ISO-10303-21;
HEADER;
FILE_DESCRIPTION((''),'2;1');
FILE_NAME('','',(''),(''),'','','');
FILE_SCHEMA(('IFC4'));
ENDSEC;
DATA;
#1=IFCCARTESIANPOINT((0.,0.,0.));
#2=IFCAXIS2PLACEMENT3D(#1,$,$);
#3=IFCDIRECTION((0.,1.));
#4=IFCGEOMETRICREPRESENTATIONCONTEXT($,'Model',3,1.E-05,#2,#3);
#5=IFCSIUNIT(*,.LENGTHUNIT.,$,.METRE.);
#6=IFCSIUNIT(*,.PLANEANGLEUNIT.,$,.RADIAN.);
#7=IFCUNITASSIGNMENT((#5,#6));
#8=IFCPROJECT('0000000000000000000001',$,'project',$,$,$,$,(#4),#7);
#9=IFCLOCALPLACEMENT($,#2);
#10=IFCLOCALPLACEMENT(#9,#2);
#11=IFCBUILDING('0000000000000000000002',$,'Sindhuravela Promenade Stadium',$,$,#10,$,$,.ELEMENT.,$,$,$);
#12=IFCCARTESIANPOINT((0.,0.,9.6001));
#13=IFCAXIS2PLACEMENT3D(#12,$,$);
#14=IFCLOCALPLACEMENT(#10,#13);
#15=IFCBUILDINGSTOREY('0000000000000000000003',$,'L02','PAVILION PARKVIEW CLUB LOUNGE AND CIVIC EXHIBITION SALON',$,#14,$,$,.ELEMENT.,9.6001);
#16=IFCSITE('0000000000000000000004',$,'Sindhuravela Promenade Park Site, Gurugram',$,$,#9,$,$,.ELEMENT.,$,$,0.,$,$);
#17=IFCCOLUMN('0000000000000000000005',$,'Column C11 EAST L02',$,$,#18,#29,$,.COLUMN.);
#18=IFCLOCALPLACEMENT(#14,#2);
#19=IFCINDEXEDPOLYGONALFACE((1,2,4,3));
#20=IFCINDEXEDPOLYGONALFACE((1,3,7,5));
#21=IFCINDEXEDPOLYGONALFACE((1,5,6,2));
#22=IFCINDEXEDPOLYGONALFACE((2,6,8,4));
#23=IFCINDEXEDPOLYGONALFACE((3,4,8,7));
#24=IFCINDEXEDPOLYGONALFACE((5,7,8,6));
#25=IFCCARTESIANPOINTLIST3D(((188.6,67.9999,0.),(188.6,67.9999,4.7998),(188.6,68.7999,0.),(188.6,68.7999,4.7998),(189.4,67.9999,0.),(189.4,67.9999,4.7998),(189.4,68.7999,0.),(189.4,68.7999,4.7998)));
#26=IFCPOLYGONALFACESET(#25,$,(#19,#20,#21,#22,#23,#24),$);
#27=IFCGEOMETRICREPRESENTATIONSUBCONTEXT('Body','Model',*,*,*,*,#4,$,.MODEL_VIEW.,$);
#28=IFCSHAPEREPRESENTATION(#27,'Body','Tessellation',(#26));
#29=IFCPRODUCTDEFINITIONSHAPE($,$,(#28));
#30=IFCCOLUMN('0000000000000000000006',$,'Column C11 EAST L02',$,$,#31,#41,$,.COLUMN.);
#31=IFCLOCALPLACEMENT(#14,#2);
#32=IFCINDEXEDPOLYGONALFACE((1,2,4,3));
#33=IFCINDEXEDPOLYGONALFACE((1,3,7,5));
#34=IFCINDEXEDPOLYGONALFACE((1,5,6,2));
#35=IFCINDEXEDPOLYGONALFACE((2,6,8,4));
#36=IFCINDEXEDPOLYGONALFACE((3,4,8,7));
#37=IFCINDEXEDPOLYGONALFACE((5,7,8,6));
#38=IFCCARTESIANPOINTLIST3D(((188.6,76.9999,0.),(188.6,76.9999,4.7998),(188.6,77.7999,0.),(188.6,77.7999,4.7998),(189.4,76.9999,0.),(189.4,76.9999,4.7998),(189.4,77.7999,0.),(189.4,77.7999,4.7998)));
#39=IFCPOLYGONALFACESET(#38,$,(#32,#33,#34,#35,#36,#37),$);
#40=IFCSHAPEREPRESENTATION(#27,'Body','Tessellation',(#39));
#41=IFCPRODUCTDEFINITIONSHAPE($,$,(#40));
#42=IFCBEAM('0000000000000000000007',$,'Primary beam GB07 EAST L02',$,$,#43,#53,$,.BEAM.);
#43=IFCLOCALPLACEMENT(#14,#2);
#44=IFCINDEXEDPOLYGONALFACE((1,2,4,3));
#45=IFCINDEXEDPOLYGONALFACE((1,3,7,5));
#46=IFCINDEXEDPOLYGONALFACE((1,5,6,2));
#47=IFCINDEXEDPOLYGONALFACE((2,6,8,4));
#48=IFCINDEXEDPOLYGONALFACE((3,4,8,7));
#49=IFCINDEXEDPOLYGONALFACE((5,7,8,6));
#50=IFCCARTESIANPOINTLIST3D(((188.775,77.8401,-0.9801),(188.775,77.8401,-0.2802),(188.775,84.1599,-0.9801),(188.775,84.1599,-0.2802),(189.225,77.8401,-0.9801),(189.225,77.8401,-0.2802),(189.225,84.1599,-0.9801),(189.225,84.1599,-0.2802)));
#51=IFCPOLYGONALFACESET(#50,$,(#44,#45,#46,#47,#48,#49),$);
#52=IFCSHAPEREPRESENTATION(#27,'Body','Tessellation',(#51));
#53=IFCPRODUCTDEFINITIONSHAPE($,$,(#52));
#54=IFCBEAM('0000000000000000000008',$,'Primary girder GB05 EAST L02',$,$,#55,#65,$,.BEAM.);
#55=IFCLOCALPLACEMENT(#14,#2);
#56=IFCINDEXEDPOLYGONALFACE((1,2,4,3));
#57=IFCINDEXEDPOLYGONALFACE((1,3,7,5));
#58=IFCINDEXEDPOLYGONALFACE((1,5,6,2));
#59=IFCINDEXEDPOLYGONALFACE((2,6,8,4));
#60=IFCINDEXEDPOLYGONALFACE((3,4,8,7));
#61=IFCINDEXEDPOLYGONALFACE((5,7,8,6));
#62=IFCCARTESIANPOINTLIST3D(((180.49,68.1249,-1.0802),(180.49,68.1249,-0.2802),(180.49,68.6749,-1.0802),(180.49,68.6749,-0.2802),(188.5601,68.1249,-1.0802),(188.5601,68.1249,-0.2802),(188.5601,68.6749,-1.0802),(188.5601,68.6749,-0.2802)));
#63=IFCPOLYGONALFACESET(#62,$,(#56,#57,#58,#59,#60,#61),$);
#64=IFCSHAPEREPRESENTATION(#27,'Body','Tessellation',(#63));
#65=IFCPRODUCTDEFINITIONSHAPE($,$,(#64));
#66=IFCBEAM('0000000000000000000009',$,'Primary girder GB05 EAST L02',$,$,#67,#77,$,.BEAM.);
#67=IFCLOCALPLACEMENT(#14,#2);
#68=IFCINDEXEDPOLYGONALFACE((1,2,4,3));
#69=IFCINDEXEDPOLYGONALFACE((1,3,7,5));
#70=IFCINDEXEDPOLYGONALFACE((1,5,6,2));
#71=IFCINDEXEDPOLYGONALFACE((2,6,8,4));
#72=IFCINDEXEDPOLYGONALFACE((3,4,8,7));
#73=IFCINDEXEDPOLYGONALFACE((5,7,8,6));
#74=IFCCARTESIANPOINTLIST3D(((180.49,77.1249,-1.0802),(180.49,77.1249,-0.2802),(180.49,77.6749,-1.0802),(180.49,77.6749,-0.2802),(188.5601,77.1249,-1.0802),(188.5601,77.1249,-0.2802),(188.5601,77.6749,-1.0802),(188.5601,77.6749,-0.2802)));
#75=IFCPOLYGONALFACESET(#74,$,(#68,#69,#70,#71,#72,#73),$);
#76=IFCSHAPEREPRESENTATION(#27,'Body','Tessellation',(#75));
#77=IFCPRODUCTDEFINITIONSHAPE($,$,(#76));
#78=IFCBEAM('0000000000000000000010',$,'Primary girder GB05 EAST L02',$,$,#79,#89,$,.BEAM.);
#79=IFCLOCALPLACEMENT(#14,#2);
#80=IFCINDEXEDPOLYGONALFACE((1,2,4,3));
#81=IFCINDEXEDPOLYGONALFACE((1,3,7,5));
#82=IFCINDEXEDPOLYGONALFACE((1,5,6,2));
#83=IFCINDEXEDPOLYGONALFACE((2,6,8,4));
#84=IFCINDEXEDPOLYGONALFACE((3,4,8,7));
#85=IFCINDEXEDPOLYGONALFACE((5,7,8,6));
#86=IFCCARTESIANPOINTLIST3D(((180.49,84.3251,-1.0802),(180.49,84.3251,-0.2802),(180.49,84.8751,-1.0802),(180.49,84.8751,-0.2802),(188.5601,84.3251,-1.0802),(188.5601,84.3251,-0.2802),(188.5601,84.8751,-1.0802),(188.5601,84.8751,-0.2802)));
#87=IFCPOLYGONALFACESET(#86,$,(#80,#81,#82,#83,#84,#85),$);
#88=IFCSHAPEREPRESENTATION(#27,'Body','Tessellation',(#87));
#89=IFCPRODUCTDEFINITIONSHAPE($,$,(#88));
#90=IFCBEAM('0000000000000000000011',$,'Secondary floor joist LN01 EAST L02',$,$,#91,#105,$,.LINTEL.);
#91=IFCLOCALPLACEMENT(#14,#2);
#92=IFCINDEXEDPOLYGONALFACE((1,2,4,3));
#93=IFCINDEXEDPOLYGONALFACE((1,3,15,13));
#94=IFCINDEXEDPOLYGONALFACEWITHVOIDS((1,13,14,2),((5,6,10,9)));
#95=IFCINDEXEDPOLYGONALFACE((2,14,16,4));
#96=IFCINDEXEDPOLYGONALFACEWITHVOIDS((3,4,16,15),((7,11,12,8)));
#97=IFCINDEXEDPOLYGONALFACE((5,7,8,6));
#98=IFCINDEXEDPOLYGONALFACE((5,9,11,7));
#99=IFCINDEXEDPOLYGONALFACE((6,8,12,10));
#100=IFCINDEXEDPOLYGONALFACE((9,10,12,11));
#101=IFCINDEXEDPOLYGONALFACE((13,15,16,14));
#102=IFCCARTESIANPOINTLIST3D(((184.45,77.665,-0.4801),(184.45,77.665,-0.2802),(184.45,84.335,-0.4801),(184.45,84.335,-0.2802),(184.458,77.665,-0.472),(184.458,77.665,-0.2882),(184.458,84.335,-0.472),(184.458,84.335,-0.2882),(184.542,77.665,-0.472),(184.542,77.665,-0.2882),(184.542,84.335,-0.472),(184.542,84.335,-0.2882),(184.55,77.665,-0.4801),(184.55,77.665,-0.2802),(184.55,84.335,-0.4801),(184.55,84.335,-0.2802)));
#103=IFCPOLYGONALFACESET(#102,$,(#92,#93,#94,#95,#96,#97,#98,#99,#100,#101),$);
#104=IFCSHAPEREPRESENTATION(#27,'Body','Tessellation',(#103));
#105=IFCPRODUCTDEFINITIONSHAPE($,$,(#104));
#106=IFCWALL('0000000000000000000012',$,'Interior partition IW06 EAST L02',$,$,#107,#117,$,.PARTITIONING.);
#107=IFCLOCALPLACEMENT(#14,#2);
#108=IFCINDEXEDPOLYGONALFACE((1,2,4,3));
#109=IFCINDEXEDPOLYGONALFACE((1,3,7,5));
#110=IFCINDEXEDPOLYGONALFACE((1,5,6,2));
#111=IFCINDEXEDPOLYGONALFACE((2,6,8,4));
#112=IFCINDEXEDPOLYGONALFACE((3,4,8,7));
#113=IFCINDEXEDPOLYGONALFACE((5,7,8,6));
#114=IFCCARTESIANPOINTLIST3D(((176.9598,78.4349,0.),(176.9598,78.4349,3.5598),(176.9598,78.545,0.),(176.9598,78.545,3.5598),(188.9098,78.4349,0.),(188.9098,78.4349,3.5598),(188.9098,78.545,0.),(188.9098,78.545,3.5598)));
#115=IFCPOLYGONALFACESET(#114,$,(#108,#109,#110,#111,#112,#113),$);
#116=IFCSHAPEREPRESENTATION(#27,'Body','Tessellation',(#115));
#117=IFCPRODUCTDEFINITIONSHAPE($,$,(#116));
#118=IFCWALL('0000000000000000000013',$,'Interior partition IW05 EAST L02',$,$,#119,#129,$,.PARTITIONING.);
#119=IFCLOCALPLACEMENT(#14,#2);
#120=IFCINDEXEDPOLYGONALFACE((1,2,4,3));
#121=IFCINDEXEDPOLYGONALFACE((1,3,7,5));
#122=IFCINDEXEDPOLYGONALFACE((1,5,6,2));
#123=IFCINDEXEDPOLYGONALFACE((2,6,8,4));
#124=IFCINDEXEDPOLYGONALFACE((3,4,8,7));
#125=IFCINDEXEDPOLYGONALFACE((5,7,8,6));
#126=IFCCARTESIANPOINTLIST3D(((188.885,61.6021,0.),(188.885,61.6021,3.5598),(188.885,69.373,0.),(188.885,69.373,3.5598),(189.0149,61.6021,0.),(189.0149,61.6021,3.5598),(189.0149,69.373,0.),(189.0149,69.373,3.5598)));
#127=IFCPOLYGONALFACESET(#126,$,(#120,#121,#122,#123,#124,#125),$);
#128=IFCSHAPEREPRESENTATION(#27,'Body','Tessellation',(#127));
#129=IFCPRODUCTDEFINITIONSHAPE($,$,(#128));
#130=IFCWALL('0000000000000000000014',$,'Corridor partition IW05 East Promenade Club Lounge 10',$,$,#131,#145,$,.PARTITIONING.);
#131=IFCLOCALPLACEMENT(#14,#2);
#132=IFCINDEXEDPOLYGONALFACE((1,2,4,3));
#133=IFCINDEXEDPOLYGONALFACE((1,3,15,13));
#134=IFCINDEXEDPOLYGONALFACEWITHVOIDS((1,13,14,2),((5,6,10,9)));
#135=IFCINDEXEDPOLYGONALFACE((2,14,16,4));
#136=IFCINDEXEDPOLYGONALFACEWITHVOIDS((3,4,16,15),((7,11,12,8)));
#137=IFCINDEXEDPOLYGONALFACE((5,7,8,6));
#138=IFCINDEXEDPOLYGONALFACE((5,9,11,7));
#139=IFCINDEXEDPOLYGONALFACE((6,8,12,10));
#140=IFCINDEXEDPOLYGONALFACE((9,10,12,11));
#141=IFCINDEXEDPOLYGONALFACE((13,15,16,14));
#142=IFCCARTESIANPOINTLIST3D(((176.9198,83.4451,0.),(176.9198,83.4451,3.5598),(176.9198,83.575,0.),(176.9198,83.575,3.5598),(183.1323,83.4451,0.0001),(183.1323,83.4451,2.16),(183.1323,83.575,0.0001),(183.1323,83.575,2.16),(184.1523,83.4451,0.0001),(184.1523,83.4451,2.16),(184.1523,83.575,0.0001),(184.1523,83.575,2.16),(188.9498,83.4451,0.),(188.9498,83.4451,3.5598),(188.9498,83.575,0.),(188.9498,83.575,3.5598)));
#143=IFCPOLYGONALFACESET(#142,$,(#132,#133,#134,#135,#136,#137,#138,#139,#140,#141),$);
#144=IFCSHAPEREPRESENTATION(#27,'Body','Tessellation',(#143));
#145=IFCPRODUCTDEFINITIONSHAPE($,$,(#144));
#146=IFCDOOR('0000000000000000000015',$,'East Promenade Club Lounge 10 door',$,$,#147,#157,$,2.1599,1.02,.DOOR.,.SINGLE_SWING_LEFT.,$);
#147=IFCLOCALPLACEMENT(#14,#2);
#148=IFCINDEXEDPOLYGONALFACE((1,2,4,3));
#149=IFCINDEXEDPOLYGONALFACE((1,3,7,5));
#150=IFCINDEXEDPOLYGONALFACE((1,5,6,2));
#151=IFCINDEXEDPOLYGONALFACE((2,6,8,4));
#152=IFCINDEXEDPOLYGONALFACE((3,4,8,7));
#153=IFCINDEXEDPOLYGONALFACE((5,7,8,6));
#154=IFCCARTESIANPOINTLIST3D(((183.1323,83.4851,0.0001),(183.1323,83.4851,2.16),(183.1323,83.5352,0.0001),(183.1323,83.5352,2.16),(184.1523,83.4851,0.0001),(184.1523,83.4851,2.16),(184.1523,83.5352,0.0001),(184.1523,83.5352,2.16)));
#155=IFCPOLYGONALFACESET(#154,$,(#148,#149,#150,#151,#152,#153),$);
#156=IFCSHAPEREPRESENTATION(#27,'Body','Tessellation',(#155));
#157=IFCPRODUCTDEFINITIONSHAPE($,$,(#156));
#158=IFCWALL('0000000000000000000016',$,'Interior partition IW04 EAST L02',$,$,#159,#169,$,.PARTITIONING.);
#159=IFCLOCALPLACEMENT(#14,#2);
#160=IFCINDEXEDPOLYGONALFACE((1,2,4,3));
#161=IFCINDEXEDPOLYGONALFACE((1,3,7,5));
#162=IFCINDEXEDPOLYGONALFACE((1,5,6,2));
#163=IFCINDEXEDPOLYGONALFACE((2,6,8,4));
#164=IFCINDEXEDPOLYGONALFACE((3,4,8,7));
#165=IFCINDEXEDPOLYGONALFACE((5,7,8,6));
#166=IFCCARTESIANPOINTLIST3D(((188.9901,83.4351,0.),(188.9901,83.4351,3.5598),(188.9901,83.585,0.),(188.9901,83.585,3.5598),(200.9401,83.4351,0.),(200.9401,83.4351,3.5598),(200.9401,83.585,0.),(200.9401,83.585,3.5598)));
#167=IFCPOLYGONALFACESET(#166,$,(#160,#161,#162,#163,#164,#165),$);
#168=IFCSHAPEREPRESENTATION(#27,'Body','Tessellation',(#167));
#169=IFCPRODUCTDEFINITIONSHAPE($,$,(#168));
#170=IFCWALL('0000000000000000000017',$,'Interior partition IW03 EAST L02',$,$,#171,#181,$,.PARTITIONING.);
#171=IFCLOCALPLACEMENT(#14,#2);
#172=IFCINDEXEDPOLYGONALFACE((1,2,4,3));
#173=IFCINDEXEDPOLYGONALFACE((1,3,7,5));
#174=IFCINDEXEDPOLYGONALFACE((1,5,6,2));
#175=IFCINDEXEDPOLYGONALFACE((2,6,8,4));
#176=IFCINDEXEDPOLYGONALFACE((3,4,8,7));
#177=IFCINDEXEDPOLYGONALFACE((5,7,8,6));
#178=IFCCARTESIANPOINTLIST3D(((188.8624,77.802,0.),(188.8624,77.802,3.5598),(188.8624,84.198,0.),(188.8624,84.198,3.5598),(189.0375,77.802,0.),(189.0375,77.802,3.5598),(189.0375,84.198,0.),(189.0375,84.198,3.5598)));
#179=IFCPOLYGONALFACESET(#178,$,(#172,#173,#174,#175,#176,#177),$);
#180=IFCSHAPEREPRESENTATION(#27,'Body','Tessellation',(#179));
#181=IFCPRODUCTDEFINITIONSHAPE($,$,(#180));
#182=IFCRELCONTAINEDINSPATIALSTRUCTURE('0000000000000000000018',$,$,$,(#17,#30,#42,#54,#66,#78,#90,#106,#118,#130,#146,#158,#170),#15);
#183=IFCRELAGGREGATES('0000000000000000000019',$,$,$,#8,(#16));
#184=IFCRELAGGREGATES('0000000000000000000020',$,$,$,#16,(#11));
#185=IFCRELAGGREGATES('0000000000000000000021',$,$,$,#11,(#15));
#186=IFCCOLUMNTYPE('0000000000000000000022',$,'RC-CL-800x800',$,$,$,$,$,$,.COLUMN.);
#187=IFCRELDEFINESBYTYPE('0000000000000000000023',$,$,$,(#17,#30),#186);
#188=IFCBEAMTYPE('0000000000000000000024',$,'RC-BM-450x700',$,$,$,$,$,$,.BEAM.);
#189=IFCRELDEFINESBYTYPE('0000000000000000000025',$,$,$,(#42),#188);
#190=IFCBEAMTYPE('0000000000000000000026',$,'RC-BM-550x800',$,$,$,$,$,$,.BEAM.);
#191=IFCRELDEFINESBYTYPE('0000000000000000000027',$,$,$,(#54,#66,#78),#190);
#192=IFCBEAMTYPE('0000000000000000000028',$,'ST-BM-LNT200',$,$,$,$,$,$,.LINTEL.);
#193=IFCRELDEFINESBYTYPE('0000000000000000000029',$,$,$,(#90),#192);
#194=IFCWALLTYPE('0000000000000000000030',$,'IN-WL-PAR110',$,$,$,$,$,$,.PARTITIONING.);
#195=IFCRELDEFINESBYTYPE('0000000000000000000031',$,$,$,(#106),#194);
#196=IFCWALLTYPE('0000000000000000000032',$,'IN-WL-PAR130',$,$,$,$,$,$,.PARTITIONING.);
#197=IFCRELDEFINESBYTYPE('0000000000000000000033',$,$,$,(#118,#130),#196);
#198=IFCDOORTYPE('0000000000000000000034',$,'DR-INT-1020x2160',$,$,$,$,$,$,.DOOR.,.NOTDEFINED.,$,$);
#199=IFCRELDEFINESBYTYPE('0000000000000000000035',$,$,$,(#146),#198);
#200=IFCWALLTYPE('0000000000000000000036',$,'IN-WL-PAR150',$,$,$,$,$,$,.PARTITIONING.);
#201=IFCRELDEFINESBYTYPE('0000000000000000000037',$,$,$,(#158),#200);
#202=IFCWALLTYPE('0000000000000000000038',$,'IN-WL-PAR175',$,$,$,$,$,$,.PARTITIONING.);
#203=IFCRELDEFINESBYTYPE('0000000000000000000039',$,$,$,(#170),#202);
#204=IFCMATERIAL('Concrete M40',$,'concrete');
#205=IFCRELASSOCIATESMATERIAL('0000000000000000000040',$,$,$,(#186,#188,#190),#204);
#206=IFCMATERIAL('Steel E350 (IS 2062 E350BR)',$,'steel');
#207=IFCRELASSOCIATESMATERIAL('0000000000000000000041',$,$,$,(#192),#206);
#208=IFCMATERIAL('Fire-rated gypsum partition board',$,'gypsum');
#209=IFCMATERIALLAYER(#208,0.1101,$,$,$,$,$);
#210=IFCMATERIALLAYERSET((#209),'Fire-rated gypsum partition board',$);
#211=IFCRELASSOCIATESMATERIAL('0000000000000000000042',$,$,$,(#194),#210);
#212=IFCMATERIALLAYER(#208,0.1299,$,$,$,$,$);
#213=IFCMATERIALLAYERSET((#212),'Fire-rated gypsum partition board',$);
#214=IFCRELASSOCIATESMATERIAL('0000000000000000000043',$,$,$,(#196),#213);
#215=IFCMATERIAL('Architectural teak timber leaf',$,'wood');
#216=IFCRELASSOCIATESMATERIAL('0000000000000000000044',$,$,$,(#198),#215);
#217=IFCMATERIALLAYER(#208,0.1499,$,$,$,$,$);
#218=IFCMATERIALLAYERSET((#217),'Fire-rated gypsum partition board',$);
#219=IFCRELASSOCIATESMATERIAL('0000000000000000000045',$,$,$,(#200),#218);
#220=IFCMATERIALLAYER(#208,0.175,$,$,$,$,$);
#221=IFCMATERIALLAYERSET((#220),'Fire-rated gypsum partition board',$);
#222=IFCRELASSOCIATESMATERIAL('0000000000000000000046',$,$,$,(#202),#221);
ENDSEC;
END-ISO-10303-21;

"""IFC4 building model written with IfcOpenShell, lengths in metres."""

from ifc_helpers import new_model, si_unit, direction, frame, frame_2d, origin, origin_2d, place, context, subcontext, project, spatial, rectangle, hollow_rectangle, extrude, material, layer, layer_set, material_profile, profile_set, type_object, element, fill, save


model = new_model("IFC4")

# Units and contexts
model_context = context("Model", 3, precision=1e-05, world=origin(), true_north=direction((0.0, 1.0)))
body_context = subcontext(model_context, "Body", "Model", "MODEL_VIEW")
ifc_project = project(units=[si_unit("LENGTHUNIT", "METRE"), si_unit("PLANEANGLEUNIT", "RADIAN")], contexts=[model_context])

# Site, building, storey
site_placement = place(None, origin())
site = spatial("IfcSite", under=ifc_project, at=site_placement, Name="Sindhuravela Promenade Park Site, Gurugram", CompositionType="ELEMENT", RefElevation=0.0)
building_placement = place(site_placement, origin())
building = spatial("IfcBuilding", under=site, at=building_placement, Name="Sindhuravela Promenade Stadium", CompositionType="ELEMENT")
storey_placement = place(building_placement, frame((0.0, 0.0, 9.6001)))
storey = spatial("IfcBuildingStorey", under=building, at=storey_placement, Name="L02", Description="PAVILION PARKVIEW CLUB LOUNGE AND CIVIC EXHIBITION SALON", CompositionType="ELEMENT", Elevation=9.6001)

# Columns
ifc_material_1 = material(Name="Concrete M40", Category="concrete")
ifc_material_profile_1 = material_profile(ifc_material_1, rectangle(XDim=0.8, YDim=0.8, at=origin_2d()), Name="RC 800x800")
ifc_profile_set_1 = profile_set([ifc_material_profile_1], Name="Concrete M40")
column_type = type_object("IfcColumnType", Name="RC-CL-800x800", PredefinedType="COLUMN", material=ifc_profile_set_1)
for number, where, z_axis, x_axis, name in (
    (1, (189.0, 68.3999, 0.0), (0.0, 0.0, 1.0), (1.0, 0.0, 0.0), "Column C11 EAST L02"),
    (2, (189.0, 77.3999, 0.0), (0.0, 0.0, 1.0), (1.0, 0.0, 0.0), "Column C11 EAST L02"),
):
    element("IfcColumn", number, at=place(storey_placement, frame(where, z_axis=z_axis, x_axis=x_axis)), inside=storey, type_object=column_type, Name=name, PredefinedType="COLUMN", context=body_context, shape_type="SweptSolid", body=[
        extrude(rectangle(XDim=0.8, YDim=0.8, at=origin_2d()), origin(), (0.0, 0.0, 1.0), 4.7998),
    ])

# Beams
ifc_material_profile_2 = material_profile(ifc_material_1, rectangle(XDim=0.45, YDim=0.7, at=origin_2d()), Name="RC 450x700")
ifc_profile_set_2 = profile_set([ifc_material_profile_2], Name="Concrete M40")
beam_type_1 = type_object("IfcBeamType", Name="RC-BM-450x700", PredefinedType="BEAM", material=ifc_profile_set_2)
beam_1_placement = place(storey_placement, frame((189.0, 77.8401, -0.6301), z_axis=(0.0, 1.0, 0.0), x_axis=(-1.0, 0.0, 0.0)))
element("IfcBeam", 3, at=beam_1_placement, inside=storey, type_object=beam_type_1, Name="Primary beam GB07 EAST L02", PredefinedType="BEAM", context=body_context, shape_type="SweptSolid", body=[
    extrude(rectangle(XDim=0.45, YDim=0.7, at=origin_2d()), origin(), (0.0, 0.0, 1.0), 6.3198),
])
ifc_material_profile_3 = material_profile(ifc_material_1, rectangle(XDim=0.55, YDim=0.8, at=origin_2d()), Name="RC 550x800")
ifc_profile_set_3 = profile_set([ifc_material_profile_3], Name="Concrete M40")
beam_type_2 = type_object("IfcBeamType", Name="RC-BM-550x800", PredefinedType="BEAM", material=ifc_profile_set_3)
for number, where, z_axis, x_axis, name in (
    (4, (180.49, 68.3999, -0.6802), (1.0, 0.0, 0.0), (0.0, 1.0, 0.0), "Primary girder GB05 EAST L02"),
    (5, (180.49, 77.3999, -0.6802), (1.0, 0.0, 0.0), (0.0, 1.0, 0.0), "Primary girder GB05 EAST L02"),
    (6, (180.49, 84.6001, -0.6802), (1.0, 0.0, 0.0), (0.0, 1.0, 0.0), "Primary girder GB05 EAST L02"),
):
    element("IfcBeam", number, at=place(storey_placement, frame(where, z_axis=z_axis, x_axis=x_axis)), inside=storey, type_object=beam_type_2, Name=name, PredefinedType="BEAM", context=body_context, shape_type="SweptSolid", body=[
        extrude(rectangle(XDim=0.55, YDim=0.8, at=origin_2d()), origin(), (0.0, 0.0, 1.0), 8.0701),
    ])
ifc_material_2 = material(Name="Steel E350 (IS 2062 E350BR)", Category="steel")
ifc_material_profile_4 = material_profile(ifc_material_2, hollow_rectangle(XDim=0.1001, YDim=0.2, WallThickness=0.0081, at=origin_2d()), Name="RHS 200x100x8")
ifc_profile_set_4 = profile_set([ifc_material_profile_4], Name="Steel E350 (IS 2062 E350BR)")
beam_type_3 = type_object("IfcBeamType", Name="ST-BM-LNT200", PredefinedType="LINTEL", material=ifc_profile_set_4)
beam_2_placement = place(storey_placement, frame((184.5, 77.665, -0.3801), z_axis=(0.0, 1.0, 0.0), x_axis=(-1.0, 0.0, 0.0)))
element("IfcBeam", 7, at=beam_2_placement, inside=storey, type_object=beam_type_3, Name="Secondary floor joist LN01 EAST L02", PredefinedType="LINTEL", context=body_context, shape_type="SweptSolid", body=[
    extrude(hollow_rectangle(XDim=0.1001, YDim=0.2, WallThickness=0.0081, at=origin_2d()), origin(), (0.0, 0.0, 1.0), 6.6699),
])

# Walls
ifc_material_3 = material(Name="Fire-rated gypsum partition board", Category="gypsum")
ifc_layer_1 = layer(ifc_material_3, 0.1101)
ifc_layer_set_1 = layer_set([ifc_layer_1], Name="Fire-rated gypsum partition board")
wall_type_1 = type_object("IfcWallType", Name="IN-WL-PAR110", PredefinedType="PARTITIONING", material=ifc_layer_set_1)
wall_1_placement = place(storey_placement, frame((188.9099, 78.49, 0.0), z_axis=(0.0, 0.0, 1.0), x_axis=(-1.0, 0.0, 0.0)))
element("IfcWall", 8, at=wall_1_placement, inside=storey, type_object=wall_type_1, Name="Interior partition IW06 EAST L02", PredefinedType="PARTITIONING", context=body_context, shape_type="SweptSolid", body=[
    extrude(rectangle(XDim=11.95, YDim=0.1101, at=frame_2d((5.9751, 0.0))), origin(), (0.0, 0.0, 1.0), 3.5598),
])
ifc_layer_2 = layer(ifc_material_3, 0.1299)
ifc_layer_set_2 = layer_set([ifc_layer_2], Name="Fire-rated gypsum partition board")
wall_type_2 = type_object("IfcWallType", Name="IN-WL-PAR130", PredefinedType="PARTITIONING", material=ifc_layer_set_2)
wall_2_placement = place(storey_placement, frame((188.95, 69.373, 0.0), z_axis=(0.0, 0.0, 1.0), x_axis=(0.0, -1.0, 0.0)))
element("IfcWall", 9, at=wall_2_placement, inside=storey, type_object=wall_type_2, Name="Interior partition IW05 EAST L02", PredefinedType="PARTITIONING", context=body_context, shape_type="SweptSolid", body=[
    extrude(rectangle(XDim=7.771, YDim=0.1299, at=frame_2d((3.8855, 0.0))), origin(), (0.0, 0.0, 1.0), 3.5598),
])

# Wall, opening, door
wall_3_placement = place(storey_placement, frame((188.95, 83.51, 0.0), z_axis=(0.0, 0.0, 1.0), x_axis=(-1.0, 0.0, 0.0)))
wall_3 = element("IfcWall", 10, at=wall_3_placement, inside=storey, type_object=wall_type_2, Name="Corridor partition IW05 East Promenade Club Lounge 10", PredefinedType="PARTITIONING", context=body_context, shape_type="SweptSolid", body=[
    extrude(rectangle(XDim=12.03, YDim=0.1299, at=frame_2d((6.0151, 0.0))), origin(), (0.0, 0.0, 1.0), 3.5598),
])
opening_placement = place(wall_3_placement, frame((4.7976, 0.0, 0.0)))
opening = element("IfcOpeningElement", 11, at=opening_placement, cuts=wall_3, PredefinedType="OPENING", context=body_context, shape_type="SweptSolid", body=[
    extrude(rectangle(XDim=1.02, YDim=2.1599, at=frame_2d((0.51, 1.0801))), frame((0.0, 0.075, 0.0), z_axis=(0.0, -1.0, 0.0), x_axis=(1.0, 0.0, 0.0)), (0.0, 0.0, 1.0), 0.1499),
])
ifc_material_4 = material(Name="Architectural teak timber leaf", Category="wood")
door_type = type_object("IfcDoorType", Name="DR-INT-1020x2160", OperationType="NOTDEFINED", PredefinedType="DOOR", material=ifc_material_4)
door_placement = place(opening_placement, origin())
door = element("IfcDoor", 12, at=door_placement, inside=storey, type_object=door_type, Name="East Promenade Club Lounge 10 door", OperationType="SINGLE_SWING_LEFT", OverallHeight=2.1599, OverallWidth=1.02, PredefinedType="DOOR", context=body_context, shape_type="SweptSolid", body=[
    extrude(rectangle(XDim=1.02, YDim=2.1599, at=frame_2d((0.51, 1.0801))), frame((0.0, 0.0249, 0.0), z_axis=(0.0, -1.0, 0.0), x_axis=(1.0, 0.0, 0.0)), (0.0, 0.0, 1.0), 0.05),
])
fill(opening, door)

# Walls
ifc_layer_3 = layer(ifc_material_3, 0.1499)
ifc_layer_set_3 = layer_set([ifc_layer_3], Name="Fire-rated gypsum partition board")
wall_type_3 = type_object("IfcWallType", Name="IN-WL-PAR150", PredefinedType="PARTITIONING", material=ifc_layer_set_3)
wall_4_placement = place(storey_placement, frame((188.99, 83.51, 0.0), z_axis=(0.0, 0.0, 1.0), x_axis=(1.0, 0.0, 0.0)))
element("IfcWall", 13, at=wall_4_placement, inside=storey, type_object=wall_type_3, Name="Interior partition IW04 EAST L02", PredefinedType="PARTITIONING", context=body_context, shape_type="SweptSolid", body=[
    extrude(rectangle(XDim=11.95, YDim=0.1499, at=frame_2d((5.9751, 0.0))), origin(), (0.0, 0.0, 1.0), 3.5598),
])
ifc_layer_4 = layer(ifc_material_3, 0.175)
ifc_layer_set_4 = layer_set([ifc_layer_4], Name="Fire-rated gypsum partition board")
wall_type_4 = type_object("IfcWallType", Name="IN-WL-PAR175", PredefinedType="PARTITIONING", material=ifc_layer_set_4)
wall_5_placement = place(storey_placement, frame((188.95, 77.802, 0.0), z_axis=(0.0, 0.0, 1.0), x_axis=(0.0, 1.0, 0.0)))
element("IfcWall", 14, at=wall_5_placement, inside=storey, type_object=wall_type_4, Name="Interior partition IW03 EAST L02", PredefinedType="PARTITIONING", context=body_context, shape_type="SweptSolid", body=[
    extrude(rectangle(XDim=6.396, YDim=0.175, at=frame_2d((3.198, 0.0))), origin(), (0.0, 0.0, 1.0), 3.5598),
])

save(model, "model.ifc")
